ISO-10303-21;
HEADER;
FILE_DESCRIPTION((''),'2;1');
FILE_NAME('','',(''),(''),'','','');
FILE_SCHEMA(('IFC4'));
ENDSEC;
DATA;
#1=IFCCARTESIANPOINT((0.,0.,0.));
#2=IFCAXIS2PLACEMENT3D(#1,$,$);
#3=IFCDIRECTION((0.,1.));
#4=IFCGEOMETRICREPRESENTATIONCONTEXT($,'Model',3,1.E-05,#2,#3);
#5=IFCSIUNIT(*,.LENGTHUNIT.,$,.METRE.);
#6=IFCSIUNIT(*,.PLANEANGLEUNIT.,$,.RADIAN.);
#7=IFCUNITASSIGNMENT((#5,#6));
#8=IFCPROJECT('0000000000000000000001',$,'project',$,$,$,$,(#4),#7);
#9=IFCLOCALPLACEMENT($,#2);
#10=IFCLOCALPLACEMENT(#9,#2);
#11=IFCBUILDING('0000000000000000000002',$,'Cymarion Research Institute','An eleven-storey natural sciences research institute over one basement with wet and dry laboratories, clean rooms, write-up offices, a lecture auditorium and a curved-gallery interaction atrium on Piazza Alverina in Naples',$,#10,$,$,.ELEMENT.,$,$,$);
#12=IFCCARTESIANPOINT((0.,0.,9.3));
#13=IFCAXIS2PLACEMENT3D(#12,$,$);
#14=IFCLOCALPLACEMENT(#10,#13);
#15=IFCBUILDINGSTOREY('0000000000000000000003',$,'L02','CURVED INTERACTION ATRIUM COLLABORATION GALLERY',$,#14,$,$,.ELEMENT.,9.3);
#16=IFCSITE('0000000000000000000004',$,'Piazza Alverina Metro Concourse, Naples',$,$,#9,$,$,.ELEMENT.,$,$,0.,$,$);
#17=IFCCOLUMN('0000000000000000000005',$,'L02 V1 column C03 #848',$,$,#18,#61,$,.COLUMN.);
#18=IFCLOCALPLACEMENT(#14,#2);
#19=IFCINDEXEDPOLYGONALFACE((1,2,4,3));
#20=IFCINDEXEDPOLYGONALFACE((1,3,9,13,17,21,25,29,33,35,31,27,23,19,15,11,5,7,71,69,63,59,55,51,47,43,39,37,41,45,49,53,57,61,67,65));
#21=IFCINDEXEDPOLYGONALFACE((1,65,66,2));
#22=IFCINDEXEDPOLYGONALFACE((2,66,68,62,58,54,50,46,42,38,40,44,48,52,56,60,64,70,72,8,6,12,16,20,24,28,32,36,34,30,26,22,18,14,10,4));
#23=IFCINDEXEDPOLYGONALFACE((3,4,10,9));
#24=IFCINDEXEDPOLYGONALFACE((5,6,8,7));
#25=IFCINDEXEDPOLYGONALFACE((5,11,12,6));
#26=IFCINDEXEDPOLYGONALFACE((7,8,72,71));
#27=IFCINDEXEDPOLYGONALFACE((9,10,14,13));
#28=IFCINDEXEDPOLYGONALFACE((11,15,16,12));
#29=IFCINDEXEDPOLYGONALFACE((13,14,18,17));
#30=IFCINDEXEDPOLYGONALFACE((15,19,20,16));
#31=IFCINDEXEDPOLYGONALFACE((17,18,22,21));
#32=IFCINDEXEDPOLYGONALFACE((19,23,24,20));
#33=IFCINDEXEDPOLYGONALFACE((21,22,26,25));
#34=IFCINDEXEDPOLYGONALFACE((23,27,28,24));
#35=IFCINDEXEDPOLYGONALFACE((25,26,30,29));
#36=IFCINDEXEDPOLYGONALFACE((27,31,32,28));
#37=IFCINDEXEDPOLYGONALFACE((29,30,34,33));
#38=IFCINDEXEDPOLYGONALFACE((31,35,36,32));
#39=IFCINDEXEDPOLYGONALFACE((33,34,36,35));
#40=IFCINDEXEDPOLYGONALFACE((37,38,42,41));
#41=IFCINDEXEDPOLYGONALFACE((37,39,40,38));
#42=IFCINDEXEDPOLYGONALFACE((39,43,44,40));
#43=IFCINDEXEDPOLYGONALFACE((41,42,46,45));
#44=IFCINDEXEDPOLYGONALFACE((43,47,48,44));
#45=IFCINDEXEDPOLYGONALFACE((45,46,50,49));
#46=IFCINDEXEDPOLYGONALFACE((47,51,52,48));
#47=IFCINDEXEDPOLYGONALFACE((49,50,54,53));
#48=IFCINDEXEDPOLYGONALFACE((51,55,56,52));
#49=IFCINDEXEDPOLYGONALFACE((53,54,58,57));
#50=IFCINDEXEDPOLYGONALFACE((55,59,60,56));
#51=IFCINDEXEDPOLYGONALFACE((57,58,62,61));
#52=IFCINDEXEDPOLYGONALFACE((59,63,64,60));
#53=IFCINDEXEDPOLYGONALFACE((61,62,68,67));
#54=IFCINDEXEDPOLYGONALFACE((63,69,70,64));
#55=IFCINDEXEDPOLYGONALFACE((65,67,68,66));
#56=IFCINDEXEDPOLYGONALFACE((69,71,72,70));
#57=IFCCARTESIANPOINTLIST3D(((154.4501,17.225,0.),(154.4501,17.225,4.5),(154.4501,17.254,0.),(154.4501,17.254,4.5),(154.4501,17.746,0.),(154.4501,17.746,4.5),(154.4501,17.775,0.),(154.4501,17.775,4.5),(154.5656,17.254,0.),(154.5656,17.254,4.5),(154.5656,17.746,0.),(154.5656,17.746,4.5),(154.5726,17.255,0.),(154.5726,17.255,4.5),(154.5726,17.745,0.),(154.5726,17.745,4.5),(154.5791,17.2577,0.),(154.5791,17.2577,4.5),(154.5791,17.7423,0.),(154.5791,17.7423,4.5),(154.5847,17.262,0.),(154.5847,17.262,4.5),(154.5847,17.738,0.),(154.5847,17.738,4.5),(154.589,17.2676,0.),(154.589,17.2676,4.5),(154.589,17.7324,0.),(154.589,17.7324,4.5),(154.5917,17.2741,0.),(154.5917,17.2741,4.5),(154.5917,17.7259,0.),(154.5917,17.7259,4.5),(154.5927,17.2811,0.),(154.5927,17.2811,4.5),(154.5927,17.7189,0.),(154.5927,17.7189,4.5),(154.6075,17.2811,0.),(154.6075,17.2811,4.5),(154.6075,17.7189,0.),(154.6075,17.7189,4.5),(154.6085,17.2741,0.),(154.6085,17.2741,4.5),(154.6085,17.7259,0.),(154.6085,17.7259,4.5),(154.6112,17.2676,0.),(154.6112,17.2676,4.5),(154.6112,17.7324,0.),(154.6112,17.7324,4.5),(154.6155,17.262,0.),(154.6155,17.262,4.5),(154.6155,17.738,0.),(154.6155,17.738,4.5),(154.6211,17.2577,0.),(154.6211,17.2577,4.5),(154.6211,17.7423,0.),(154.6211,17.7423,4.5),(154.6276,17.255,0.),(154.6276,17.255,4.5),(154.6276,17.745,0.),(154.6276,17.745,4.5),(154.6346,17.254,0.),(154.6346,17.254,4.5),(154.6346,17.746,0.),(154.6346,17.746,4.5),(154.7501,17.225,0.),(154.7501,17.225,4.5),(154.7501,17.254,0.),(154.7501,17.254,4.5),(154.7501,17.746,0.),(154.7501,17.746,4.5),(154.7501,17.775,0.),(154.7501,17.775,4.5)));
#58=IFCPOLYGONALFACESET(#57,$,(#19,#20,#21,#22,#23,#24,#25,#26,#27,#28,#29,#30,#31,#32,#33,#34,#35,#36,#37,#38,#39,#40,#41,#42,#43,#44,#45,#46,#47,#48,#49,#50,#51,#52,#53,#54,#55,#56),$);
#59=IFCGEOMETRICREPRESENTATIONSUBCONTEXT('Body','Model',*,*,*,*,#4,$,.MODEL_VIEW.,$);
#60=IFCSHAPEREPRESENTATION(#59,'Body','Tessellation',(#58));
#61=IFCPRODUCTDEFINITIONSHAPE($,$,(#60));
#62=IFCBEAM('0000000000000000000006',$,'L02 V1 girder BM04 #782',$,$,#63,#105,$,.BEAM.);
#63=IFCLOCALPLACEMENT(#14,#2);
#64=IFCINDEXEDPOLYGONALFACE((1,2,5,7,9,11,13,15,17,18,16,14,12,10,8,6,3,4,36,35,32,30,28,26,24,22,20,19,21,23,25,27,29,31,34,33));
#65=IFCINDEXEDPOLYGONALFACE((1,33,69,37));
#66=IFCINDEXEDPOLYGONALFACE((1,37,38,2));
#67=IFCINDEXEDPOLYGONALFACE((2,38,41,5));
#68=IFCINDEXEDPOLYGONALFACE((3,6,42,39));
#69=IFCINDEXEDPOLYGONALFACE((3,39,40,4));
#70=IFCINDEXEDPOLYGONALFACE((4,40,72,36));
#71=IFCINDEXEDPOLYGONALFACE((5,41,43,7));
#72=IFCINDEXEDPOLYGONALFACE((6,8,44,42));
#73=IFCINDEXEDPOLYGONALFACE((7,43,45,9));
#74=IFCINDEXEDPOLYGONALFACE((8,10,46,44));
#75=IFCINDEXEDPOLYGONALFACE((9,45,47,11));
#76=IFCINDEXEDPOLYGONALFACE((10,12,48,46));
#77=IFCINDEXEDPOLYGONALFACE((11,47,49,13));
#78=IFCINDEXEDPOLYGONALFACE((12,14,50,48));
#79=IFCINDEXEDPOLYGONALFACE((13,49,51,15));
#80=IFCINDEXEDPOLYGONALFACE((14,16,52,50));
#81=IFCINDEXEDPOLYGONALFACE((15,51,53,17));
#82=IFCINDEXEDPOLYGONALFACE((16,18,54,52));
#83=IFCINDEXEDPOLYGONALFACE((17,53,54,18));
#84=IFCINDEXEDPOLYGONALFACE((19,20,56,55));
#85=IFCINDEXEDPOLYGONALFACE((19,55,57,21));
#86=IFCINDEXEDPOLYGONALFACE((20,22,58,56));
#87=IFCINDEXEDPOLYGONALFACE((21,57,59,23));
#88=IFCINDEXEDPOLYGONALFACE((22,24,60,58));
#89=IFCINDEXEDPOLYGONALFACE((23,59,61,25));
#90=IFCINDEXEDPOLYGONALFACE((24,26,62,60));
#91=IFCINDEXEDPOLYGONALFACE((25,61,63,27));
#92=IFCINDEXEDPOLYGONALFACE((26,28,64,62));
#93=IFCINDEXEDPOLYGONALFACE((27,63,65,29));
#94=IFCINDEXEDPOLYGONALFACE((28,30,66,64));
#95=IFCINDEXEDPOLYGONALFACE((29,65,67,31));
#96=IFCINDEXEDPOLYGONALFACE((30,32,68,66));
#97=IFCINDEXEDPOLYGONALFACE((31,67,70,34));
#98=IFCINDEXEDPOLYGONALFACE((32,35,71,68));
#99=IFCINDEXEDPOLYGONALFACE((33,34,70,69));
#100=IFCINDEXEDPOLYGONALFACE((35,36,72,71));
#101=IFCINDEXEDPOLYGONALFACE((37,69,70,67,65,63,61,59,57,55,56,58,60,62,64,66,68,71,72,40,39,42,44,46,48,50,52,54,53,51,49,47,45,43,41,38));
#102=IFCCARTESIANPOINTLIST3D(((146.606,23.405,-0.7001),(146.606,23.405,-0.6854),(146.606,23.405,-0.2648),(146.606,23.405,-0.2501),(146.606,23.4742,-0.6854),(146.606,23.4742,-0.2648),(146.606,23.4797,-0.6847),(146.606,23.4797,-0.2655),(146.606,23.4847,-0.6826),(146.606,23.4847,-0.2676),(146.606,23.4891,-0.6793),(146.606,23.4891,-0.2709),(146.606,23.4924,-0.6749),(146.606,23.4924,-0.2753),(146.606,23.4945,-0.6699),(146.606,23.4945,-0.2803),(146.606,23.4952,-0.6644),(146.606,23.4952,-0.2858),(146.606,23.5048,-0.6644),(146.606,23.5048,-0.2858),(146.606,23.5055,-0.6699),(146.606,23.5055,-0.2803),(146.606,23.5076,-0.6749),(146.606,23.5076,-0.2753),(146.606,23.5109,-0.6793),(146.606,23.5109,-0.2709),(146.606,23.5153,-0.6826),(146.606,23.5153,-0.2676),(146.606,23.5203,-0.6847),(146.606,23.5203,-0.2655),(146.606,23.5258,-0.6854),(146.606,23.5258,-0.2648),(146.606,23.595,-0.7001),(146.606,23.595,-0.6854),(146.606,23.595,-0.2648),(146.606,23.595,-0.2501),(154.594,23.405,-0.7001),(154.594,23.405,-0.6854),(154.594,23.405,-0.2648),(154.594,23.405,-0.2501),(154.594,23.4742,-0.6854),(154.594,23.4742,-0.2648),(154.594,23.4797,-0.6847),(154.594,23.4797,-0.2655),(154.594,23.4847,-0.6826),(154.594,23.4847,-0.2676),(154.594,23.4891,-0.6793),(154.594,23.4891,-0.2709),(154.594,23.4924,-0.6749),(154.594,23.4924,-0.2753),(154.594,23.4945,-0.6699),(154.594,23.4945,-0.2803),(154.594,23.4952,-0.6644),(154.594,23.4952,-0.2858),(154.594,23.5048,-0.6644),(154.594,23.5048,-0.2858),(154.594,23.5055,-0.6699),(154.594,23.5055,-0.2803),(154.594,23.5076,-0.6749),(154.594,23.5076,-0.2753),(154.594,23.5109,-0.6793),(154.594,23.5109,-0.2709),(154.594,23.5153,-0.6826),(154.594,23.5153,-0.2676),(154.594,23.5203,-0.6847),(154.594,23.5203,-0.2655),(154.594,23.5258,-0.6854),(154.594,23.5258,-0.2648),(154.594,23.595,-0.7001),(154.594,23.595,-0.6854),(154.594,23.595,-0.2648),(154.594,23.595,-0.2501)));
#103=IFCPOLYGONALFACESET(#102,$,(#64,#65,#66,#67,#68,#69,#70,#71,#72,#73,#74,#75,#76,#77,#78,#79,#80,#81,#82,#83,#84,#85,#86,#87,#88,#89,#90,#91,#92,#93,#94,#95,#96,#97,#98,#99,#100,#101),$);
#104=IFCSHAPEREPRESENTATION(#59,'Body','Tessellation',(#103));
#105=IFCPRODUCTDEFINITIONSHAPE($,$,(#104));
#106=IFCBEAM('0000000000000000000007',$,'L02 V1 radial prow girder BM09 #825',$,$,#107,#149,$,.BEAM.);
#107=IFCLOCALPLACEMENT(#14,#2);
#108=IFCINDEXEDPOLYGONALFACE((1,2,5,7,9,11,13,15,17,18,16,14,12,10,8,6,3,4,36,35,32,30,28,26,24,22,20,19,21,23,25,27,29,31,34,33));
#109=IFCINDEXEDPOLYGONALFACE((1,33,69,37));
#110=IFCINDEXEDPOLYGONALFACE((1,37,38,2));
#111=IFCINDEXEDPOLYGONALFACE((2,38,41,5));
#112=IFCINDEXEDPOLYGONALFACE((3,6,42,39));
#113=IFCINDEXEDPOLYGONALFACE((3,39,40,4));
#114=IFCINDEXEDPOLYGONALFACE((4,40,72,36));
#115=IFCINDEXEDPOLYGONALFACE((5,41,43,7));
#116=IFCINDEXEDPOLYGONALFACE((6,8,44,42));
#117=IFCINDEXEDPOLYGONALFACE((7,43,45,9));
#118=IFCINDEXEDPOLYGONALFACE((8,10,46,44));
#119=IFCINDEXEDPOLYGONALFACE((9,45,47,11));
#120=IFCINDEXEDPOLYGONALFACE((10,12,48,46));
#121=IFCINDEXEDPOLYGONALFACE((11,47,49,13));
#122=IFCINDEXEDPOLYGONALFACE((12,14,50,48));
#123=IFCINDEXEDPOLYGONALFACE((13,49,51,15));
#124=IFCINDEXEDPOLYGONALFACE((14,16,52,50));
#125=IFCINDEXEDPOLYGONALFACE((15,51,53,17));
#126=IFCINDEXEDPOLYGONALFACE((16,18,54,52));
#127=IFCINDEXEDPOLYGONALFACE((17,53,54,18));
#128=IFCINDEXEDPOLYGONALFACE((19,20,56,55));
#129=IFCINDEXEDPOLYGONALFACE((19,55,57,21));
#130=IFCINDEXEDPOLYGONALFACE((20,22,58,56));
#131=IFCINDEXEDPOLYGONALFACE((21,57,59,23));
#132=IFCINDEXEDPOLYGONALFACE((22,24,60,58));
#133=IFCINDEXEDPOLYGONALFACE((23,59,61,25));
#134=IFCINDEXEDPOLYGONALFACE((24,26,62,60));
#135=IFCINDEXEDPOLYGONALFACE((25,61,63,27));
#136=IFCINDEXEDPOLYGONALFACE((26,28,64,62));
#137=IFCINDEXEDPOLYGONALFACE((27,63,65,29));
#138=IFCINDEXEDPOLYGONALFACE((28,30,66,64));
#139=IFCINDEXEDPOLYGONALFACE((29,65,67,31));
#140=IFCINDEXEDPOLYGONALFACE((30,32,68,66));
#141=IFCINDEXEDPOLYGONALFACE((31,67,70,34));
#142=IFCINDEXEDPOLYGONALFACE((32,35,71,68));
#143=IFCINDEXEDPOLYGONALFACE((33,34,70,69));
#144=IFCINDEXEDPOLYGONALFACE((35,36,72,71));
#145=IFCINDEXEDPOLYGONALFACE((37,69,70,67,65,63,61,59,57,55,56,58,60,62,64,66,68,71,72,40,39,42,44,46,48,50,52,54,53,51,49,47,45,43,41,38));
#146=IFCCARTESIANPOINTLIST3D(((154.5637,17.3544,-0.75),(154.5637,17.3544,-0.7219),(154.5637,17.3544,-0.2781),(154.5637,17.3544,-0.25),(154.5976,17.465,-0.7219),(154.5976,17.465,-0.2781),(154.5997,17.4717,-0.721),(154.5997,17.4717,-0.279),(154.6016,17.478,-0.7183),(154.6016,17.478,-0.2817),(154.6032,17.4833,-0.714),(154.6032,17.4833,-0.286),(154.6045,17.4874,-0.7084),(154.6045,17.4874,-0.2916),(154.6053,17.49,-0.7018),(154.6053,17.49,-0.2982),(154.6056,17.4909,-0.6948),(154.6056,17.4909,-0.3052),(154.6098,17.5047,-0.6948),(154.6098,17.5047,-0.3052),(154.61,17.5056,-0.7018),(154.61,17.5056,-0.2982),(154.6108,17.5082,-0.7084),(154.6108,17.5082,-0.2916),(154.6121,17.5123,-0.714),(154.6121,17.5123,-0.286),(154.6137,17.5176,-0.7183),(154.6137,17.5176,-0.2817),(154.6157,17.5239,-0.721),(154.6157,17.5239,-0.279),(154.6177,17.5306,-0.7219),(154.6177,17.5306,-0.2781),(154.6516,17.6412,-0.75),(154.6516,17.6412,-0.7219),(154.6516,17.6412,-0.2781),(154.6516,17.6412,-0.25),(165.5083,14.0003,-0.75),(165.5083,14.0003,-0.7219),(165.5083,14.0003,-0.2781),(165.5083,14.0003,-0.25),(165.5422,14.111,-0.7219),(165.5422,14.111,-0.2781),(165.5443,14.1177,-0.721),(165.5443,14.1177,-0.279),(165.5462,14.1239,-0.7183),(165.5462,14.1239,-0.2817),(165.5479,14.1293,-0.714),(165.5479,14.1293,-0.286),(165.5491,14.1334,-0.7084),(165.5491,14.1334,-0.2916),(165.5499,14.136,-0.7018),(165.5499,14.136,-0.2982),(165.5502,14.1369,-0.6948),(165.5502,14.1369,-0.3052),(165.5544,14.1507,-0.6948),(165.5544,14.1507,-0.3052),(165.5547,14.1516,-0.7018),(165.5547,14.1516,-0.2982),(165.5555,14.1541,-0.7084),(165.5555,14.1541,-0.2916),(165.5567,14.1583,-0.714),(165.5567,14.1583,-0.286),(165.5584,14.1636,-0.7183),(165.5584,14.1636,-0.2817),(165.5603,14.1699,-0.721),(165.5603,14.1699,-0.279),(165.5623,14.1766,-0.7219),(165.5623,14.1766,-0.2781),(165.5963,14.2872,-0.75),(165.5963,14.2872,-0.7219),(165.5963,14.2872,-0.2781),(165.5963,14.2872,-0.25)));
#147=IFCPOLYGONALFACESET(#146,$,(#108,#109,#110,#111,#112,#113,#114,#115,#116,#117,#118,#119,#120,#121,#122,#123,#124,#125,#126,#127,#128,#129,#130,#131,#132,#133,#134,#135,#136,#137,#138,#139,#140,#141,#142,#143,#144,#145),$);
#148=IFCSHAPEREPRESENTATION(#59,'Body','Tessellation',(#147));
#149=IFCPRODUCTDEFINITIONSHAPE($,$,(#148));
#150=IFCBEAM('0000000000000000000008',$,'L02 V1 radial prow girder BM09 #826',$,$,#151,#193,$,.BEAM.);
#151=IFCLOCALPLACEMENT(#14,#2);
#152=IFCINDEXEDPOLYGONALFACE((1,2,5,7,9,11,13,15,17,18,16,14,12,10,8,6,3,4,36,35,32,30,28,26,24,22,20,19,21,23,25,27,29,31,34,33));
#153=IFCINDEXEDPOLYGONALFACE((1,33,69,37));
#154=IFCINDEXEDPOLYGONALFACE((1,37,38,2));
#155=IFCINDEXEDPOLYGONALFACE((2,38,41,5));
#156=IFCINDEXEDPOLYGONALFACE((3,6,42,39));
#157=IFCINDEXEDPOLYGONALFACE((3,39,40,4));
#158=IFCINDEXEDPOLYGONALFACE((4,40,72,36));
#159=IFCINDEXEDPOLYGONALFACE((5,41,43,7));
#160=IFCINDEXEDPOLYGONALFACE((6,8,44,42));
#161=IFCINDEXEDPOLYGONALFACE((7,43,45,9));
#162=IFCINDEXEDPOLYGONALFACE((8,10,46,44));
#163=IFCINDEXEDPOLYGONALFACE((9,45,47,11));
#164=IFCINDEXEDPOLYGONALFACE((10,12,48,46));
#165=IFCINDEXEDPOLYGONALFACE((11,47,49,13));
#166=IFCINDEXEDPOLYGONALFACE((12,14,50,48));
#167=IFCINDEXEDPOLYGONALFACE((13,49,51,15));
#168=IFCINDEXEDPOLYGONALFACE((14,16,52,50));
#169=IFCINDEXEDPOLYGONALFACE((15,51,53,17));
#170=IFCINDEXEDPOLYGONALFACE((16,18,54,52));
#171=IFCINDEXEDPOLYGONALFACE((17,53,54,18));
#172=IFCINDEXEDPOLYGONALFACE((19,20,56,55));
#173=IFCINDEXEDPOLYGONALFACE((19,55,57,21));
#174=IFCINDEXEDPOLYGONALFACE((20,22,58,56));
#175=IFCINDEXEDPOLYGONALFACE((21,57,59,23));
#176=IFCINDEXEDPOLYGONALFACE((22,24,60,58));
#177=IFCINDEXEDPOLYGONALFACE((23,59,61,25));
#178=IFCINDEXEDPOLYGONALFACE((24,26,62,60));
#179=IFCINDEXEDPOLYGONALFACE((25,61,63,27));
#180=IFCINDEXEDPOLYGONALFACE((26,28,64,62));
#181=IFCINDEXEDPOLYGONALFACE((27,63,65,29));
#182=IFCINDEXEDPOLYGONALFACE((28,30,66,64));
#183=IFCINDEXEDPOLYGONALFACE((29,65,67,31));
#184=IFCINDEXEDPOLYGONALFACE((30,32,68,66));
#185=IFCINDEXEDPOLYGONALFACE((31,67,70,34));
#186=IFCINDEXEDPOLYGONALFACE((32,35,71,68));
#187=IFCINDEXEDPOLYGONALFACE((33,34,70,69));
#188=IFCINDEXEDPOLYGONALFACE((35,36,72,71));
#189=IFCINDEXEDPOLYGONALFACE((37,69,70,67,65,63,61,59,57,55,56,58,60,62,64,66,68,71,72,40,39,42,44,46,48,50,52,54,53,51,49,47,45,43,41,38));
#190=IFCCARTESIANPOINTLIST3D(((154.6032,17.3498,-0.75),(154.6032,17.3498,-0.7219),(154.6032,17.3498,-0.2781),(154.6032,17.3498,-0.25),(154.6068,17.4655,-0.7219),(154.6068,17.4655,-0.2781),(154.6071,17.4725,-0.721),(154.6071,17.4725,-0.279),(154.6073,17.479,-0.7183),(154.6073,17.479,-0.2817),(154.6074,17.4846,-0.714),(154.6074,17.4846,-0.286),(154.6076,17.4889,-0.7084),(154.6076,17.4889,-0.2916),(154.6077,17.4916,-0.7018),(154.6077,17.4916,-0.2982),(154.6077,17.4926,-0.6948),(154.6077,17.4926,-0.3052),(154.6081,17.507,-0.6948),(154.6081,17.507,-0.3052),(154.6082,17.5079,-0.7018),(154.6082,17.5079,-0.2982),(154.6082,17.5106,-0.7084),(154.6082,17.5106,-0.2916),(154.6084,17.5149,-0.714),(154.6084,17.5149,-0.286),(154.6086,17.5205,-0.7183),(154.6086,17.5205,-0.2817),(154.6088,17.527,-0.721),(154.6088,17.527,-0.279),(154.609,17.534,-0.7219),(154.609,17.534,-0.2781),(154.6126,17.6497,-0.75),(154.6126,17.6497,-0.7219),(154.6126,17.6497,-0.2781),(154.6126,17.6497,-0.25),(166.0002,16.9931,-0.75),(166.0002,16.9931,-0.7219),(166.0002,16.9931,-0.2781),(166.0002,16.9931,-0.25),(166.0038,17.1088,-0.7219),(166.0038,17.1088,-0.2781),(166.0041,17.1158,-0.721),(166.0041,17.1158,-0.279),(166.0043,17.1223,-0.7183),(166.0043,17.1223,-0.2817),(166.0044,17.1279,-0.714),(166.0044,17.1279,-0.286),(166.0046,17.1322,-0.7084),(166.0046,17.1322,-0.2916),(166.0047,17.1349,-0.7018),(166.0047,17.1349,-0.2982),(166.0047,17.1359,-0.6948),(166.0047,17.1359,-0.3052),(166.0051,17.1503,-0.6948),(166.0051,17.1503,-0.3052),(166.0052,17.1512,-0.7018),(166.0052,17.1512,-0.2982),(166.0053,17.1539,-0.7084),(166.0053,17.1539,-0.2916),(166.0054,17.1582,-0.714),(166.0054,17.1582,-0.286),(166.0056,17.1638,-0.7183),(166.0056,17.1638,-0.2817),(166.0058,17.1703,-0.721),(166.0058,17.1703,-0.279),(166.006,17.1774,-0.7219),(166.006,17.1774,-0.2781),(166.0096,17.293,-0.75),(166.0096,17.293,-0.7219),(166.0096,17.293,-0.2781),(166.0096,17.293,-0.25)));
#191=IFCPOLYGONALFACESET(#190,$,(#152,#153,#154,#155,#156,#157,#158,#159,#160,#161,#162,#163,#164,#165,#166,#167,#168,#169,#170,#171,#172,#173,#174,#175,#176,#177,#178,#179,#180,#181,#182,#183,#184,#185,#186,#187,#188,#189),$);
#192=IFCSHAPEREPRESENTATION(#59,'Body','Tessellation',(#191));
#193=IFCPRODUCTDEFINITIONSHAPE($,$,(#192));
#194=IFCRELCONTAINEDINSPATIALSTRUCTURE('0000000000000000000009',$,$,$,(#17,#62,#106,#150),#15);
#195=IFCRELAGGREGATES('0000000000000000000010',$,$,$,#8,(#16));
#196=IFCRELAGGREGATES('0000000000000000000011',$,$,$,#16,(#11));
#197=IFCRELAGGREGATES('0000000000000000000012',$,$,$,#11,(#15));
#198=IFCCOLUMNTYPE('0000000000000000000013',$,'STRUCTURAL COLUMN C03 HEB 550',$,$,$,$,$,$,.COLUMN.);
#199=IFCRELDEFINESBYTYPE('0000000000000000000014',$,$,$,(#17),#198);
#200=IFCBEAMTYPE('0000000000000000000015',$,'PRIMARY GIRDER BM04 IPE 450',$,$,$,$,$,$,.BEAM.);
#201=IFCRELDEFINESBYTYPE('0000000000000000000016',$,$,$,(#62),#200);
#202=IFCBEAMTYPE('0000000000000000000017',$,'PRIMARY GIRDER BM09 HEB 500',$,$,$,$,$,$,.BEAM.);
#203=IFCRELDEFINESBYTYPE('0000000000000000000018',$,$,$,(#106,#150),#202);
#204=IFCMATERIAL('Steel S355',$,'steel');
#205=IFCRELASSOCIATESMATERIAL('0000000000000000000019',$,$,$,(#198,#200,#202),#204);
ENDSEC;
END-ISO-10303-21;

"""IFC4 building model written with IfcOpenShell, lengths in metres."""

from ifc_helpers import new_model, si_unit, direction, frame, origin, origin_2d, place, context, subcontext, project, spatial, i_section, extrude, material, material_profile, profile_set, type_object, element, save


model = new_model("IFC4")

# Units and contexts
model_context = context("Model", 3, precision=1e-05, world=origin(), true_north=direction((0.0, 1.0)))
body_context = subcontext(model_context, "Body", "Model", "MODEL_VIEW")
ifc_project = project(units=[si_unit("LENGTHUNIT", "METRE"), si_unit("PLANEANGLEUNIT", "RADIAN")], contexts=[model_context])

# Site, building, storey
site_placement = place(None, origin())
site = spatial("IfcSite", under=ifc_project, at=site_placement, Name="Piazza Alverina Metro Concourse, Naples", CompositionType="ELEMENT", RefElevation=0.0)
building_placement = place(site_placement, origin())
building = spatial("IfcBuilding", under=site, at=building_placement, Name="Cymarion Research Institute", Description="An eleven-storey natural sciences research institute over one basement with wet and dry laboratories, clean rooms, write-up offices, a lecture auditorium and a curved-gallery interaction atrium on Piazza Alverina in Naples", CompositionType="ELEMENT")
storey_placement = place(building_placement, frame((0.0, 0.0, 9.3)))
storey = spatial("IfcBuildingStorey", under=building, at=storey_placement, Name="L02", Description="CURVED INTERACTION ATRIUM COLLABORATION GALLERY", CompositionType="ELEMENT", Elevation=9.3)

# Column
ifc_material_1 = material(Name="Steel S355", Category="steel")
ifc_material_profile_1 = material_profile(ifc_material_1, i_section(OverallWidth=0.3, OverallDepth=0.55, WebThickness=0.0149, FlangeThickness=0.0291, FilletRadius=0.0271, at=origin_2d()), Name="HEB 550")
ifc_profile_set_1 = profile_set([ifc_material_profile_1], Name="Steel S355")
column_type = type_object("IfcColumnType", Name="STRUCTURAL COLUMN C03 HEB 550", PredefinedType="COLUMN", material=ifc_profile_set_1)
column_placement = place(storey_placement, frame((154.6001, 17.5, 0.0), z_axis=(0.0, 0.0, 1.0), x_axis=(1.0, 0.0, 0.0)))
element("IfcColumn", 1, at=column_placement, inside=storey, type_object=column_type, Name="L02 V1 column C03 #848", PredefinedType="COLUMN", context=body_context, shape_type="SweptSolid", body=[
    extrude(i_section(OverallWidth=0.3, OverallDepth=0.55, WebThickness=0.0149, FlangeThickness=0.0291, FilletRadius=0.0271, at=origin_2d()), origin(), (0.0, 0.0, 1.0), 4.5),
])

# Beams
ifc_material_profile_2 = material_profile(ifc_material_1, i_section(OverallWidth=0.1899, OverallDepth=0.45, WebThickness=0.0095, FlangeThickness=0.0146, FilletRadius=0.021, at=origin_2d()), Name="IPE 450")
ifc_profile_set_2 = profile_set([ifc_material_profile_2], Name="Steel S355")
beam_type_1 = type_object("IfcBeamType", Name="PRIMARY GIRDER BM04 IPE 450", PredefinedType="BEAM", material=ifc_profile_set_2)
beam_1_placement = place(storey_placement, frame((146.606, 23.5, -0.4751), z_axis=(1.0, 0.0, 0.0), x_axis=(0.0, 1.0, 0.0)))
element("IfcBeam", 2, at=beam_1_placement, inside=storey, type_object=beam_type_1, Name="L02 V1 girder BM04 #782", PredefinedType="BEAM", context=body_context, shape_type="SweptSolid", body=[
    extrude(i_section(OverallWidth=0.1899, OverallDepth=0.45, WebThickness=0.0095, FlangeThickness=0.0146, FilletRadius=0.021, at=origin_2d()), origin(), (0.0, 0.0, 1.0), 7.988),
])
ifc_material_profile_3 = material_profile(ifc_material_1, i_section(OverallWidth=0.3, OverallDepth=0.5, WebThickness=0.0144, FlangeThickness=0.0281, FilletRadius=0.0271, at=origin_2d()), Name="HEB 500")
ifc_profile_set_3 = profile_set([ifc_material_profile_3], Name="Steel S355")
beam_type_2 = type_object("IfcBeamType", Name="PRIMARY GIRDER BM09 HEB 500", PredefinedType="BEAM", material=ifc_profile_set_3)
beam_2_placement = place(storey_placement, frame((154.6077, 17.4978, -0.5), z_axis=(0.956111, -0.293004, 0.0), x_axis=(0.293004, 0.956111, 0.0)))
element("IfcBeam", 3, at=beam_2_placement, inside=storey, type_object=beam_type_2, Name="L02 V1 radial prow girder BM09 #825", PredefinedType="BEAM", context=body_context, shape_type="SweptSolid", body=[
    extrude(i_section(OverallWidth=0.3, OverallDepth=0.5, WebThickness=0.0144, FlangeThickness=0.0281, FilletRadius=0.0271, at=origin_2d()), origin(), (0.0, 0.0, 1.0), 11.447),
])
beam_3_placement = place(storey_placement, frame((154.6079, 17.4998, -0.5), z_axis=(0.999511, -0.031282, 0.0), x_axis=(0.031282, 0.999511, 0.0)))
element("IfcBeam", 4, at=beam_3_placement, inside=storey, type_object=beam_type_2, Name="L02 V1 radial prow girder BM09 #826", PredefinedType="BEAM", context=body_context, shape_type="SweptSolid", body=[
    extrude(i_section(OverallWidth=0.3, OverallDepth=0.5, WebThickness=0.0144, FlangeThickness=0.0281, FilletRadius=0.0271, at=origin_2d()), origin(), (0.0, 0.0, 1.0), 11.4026),
])

save(model, "model.ifc")
